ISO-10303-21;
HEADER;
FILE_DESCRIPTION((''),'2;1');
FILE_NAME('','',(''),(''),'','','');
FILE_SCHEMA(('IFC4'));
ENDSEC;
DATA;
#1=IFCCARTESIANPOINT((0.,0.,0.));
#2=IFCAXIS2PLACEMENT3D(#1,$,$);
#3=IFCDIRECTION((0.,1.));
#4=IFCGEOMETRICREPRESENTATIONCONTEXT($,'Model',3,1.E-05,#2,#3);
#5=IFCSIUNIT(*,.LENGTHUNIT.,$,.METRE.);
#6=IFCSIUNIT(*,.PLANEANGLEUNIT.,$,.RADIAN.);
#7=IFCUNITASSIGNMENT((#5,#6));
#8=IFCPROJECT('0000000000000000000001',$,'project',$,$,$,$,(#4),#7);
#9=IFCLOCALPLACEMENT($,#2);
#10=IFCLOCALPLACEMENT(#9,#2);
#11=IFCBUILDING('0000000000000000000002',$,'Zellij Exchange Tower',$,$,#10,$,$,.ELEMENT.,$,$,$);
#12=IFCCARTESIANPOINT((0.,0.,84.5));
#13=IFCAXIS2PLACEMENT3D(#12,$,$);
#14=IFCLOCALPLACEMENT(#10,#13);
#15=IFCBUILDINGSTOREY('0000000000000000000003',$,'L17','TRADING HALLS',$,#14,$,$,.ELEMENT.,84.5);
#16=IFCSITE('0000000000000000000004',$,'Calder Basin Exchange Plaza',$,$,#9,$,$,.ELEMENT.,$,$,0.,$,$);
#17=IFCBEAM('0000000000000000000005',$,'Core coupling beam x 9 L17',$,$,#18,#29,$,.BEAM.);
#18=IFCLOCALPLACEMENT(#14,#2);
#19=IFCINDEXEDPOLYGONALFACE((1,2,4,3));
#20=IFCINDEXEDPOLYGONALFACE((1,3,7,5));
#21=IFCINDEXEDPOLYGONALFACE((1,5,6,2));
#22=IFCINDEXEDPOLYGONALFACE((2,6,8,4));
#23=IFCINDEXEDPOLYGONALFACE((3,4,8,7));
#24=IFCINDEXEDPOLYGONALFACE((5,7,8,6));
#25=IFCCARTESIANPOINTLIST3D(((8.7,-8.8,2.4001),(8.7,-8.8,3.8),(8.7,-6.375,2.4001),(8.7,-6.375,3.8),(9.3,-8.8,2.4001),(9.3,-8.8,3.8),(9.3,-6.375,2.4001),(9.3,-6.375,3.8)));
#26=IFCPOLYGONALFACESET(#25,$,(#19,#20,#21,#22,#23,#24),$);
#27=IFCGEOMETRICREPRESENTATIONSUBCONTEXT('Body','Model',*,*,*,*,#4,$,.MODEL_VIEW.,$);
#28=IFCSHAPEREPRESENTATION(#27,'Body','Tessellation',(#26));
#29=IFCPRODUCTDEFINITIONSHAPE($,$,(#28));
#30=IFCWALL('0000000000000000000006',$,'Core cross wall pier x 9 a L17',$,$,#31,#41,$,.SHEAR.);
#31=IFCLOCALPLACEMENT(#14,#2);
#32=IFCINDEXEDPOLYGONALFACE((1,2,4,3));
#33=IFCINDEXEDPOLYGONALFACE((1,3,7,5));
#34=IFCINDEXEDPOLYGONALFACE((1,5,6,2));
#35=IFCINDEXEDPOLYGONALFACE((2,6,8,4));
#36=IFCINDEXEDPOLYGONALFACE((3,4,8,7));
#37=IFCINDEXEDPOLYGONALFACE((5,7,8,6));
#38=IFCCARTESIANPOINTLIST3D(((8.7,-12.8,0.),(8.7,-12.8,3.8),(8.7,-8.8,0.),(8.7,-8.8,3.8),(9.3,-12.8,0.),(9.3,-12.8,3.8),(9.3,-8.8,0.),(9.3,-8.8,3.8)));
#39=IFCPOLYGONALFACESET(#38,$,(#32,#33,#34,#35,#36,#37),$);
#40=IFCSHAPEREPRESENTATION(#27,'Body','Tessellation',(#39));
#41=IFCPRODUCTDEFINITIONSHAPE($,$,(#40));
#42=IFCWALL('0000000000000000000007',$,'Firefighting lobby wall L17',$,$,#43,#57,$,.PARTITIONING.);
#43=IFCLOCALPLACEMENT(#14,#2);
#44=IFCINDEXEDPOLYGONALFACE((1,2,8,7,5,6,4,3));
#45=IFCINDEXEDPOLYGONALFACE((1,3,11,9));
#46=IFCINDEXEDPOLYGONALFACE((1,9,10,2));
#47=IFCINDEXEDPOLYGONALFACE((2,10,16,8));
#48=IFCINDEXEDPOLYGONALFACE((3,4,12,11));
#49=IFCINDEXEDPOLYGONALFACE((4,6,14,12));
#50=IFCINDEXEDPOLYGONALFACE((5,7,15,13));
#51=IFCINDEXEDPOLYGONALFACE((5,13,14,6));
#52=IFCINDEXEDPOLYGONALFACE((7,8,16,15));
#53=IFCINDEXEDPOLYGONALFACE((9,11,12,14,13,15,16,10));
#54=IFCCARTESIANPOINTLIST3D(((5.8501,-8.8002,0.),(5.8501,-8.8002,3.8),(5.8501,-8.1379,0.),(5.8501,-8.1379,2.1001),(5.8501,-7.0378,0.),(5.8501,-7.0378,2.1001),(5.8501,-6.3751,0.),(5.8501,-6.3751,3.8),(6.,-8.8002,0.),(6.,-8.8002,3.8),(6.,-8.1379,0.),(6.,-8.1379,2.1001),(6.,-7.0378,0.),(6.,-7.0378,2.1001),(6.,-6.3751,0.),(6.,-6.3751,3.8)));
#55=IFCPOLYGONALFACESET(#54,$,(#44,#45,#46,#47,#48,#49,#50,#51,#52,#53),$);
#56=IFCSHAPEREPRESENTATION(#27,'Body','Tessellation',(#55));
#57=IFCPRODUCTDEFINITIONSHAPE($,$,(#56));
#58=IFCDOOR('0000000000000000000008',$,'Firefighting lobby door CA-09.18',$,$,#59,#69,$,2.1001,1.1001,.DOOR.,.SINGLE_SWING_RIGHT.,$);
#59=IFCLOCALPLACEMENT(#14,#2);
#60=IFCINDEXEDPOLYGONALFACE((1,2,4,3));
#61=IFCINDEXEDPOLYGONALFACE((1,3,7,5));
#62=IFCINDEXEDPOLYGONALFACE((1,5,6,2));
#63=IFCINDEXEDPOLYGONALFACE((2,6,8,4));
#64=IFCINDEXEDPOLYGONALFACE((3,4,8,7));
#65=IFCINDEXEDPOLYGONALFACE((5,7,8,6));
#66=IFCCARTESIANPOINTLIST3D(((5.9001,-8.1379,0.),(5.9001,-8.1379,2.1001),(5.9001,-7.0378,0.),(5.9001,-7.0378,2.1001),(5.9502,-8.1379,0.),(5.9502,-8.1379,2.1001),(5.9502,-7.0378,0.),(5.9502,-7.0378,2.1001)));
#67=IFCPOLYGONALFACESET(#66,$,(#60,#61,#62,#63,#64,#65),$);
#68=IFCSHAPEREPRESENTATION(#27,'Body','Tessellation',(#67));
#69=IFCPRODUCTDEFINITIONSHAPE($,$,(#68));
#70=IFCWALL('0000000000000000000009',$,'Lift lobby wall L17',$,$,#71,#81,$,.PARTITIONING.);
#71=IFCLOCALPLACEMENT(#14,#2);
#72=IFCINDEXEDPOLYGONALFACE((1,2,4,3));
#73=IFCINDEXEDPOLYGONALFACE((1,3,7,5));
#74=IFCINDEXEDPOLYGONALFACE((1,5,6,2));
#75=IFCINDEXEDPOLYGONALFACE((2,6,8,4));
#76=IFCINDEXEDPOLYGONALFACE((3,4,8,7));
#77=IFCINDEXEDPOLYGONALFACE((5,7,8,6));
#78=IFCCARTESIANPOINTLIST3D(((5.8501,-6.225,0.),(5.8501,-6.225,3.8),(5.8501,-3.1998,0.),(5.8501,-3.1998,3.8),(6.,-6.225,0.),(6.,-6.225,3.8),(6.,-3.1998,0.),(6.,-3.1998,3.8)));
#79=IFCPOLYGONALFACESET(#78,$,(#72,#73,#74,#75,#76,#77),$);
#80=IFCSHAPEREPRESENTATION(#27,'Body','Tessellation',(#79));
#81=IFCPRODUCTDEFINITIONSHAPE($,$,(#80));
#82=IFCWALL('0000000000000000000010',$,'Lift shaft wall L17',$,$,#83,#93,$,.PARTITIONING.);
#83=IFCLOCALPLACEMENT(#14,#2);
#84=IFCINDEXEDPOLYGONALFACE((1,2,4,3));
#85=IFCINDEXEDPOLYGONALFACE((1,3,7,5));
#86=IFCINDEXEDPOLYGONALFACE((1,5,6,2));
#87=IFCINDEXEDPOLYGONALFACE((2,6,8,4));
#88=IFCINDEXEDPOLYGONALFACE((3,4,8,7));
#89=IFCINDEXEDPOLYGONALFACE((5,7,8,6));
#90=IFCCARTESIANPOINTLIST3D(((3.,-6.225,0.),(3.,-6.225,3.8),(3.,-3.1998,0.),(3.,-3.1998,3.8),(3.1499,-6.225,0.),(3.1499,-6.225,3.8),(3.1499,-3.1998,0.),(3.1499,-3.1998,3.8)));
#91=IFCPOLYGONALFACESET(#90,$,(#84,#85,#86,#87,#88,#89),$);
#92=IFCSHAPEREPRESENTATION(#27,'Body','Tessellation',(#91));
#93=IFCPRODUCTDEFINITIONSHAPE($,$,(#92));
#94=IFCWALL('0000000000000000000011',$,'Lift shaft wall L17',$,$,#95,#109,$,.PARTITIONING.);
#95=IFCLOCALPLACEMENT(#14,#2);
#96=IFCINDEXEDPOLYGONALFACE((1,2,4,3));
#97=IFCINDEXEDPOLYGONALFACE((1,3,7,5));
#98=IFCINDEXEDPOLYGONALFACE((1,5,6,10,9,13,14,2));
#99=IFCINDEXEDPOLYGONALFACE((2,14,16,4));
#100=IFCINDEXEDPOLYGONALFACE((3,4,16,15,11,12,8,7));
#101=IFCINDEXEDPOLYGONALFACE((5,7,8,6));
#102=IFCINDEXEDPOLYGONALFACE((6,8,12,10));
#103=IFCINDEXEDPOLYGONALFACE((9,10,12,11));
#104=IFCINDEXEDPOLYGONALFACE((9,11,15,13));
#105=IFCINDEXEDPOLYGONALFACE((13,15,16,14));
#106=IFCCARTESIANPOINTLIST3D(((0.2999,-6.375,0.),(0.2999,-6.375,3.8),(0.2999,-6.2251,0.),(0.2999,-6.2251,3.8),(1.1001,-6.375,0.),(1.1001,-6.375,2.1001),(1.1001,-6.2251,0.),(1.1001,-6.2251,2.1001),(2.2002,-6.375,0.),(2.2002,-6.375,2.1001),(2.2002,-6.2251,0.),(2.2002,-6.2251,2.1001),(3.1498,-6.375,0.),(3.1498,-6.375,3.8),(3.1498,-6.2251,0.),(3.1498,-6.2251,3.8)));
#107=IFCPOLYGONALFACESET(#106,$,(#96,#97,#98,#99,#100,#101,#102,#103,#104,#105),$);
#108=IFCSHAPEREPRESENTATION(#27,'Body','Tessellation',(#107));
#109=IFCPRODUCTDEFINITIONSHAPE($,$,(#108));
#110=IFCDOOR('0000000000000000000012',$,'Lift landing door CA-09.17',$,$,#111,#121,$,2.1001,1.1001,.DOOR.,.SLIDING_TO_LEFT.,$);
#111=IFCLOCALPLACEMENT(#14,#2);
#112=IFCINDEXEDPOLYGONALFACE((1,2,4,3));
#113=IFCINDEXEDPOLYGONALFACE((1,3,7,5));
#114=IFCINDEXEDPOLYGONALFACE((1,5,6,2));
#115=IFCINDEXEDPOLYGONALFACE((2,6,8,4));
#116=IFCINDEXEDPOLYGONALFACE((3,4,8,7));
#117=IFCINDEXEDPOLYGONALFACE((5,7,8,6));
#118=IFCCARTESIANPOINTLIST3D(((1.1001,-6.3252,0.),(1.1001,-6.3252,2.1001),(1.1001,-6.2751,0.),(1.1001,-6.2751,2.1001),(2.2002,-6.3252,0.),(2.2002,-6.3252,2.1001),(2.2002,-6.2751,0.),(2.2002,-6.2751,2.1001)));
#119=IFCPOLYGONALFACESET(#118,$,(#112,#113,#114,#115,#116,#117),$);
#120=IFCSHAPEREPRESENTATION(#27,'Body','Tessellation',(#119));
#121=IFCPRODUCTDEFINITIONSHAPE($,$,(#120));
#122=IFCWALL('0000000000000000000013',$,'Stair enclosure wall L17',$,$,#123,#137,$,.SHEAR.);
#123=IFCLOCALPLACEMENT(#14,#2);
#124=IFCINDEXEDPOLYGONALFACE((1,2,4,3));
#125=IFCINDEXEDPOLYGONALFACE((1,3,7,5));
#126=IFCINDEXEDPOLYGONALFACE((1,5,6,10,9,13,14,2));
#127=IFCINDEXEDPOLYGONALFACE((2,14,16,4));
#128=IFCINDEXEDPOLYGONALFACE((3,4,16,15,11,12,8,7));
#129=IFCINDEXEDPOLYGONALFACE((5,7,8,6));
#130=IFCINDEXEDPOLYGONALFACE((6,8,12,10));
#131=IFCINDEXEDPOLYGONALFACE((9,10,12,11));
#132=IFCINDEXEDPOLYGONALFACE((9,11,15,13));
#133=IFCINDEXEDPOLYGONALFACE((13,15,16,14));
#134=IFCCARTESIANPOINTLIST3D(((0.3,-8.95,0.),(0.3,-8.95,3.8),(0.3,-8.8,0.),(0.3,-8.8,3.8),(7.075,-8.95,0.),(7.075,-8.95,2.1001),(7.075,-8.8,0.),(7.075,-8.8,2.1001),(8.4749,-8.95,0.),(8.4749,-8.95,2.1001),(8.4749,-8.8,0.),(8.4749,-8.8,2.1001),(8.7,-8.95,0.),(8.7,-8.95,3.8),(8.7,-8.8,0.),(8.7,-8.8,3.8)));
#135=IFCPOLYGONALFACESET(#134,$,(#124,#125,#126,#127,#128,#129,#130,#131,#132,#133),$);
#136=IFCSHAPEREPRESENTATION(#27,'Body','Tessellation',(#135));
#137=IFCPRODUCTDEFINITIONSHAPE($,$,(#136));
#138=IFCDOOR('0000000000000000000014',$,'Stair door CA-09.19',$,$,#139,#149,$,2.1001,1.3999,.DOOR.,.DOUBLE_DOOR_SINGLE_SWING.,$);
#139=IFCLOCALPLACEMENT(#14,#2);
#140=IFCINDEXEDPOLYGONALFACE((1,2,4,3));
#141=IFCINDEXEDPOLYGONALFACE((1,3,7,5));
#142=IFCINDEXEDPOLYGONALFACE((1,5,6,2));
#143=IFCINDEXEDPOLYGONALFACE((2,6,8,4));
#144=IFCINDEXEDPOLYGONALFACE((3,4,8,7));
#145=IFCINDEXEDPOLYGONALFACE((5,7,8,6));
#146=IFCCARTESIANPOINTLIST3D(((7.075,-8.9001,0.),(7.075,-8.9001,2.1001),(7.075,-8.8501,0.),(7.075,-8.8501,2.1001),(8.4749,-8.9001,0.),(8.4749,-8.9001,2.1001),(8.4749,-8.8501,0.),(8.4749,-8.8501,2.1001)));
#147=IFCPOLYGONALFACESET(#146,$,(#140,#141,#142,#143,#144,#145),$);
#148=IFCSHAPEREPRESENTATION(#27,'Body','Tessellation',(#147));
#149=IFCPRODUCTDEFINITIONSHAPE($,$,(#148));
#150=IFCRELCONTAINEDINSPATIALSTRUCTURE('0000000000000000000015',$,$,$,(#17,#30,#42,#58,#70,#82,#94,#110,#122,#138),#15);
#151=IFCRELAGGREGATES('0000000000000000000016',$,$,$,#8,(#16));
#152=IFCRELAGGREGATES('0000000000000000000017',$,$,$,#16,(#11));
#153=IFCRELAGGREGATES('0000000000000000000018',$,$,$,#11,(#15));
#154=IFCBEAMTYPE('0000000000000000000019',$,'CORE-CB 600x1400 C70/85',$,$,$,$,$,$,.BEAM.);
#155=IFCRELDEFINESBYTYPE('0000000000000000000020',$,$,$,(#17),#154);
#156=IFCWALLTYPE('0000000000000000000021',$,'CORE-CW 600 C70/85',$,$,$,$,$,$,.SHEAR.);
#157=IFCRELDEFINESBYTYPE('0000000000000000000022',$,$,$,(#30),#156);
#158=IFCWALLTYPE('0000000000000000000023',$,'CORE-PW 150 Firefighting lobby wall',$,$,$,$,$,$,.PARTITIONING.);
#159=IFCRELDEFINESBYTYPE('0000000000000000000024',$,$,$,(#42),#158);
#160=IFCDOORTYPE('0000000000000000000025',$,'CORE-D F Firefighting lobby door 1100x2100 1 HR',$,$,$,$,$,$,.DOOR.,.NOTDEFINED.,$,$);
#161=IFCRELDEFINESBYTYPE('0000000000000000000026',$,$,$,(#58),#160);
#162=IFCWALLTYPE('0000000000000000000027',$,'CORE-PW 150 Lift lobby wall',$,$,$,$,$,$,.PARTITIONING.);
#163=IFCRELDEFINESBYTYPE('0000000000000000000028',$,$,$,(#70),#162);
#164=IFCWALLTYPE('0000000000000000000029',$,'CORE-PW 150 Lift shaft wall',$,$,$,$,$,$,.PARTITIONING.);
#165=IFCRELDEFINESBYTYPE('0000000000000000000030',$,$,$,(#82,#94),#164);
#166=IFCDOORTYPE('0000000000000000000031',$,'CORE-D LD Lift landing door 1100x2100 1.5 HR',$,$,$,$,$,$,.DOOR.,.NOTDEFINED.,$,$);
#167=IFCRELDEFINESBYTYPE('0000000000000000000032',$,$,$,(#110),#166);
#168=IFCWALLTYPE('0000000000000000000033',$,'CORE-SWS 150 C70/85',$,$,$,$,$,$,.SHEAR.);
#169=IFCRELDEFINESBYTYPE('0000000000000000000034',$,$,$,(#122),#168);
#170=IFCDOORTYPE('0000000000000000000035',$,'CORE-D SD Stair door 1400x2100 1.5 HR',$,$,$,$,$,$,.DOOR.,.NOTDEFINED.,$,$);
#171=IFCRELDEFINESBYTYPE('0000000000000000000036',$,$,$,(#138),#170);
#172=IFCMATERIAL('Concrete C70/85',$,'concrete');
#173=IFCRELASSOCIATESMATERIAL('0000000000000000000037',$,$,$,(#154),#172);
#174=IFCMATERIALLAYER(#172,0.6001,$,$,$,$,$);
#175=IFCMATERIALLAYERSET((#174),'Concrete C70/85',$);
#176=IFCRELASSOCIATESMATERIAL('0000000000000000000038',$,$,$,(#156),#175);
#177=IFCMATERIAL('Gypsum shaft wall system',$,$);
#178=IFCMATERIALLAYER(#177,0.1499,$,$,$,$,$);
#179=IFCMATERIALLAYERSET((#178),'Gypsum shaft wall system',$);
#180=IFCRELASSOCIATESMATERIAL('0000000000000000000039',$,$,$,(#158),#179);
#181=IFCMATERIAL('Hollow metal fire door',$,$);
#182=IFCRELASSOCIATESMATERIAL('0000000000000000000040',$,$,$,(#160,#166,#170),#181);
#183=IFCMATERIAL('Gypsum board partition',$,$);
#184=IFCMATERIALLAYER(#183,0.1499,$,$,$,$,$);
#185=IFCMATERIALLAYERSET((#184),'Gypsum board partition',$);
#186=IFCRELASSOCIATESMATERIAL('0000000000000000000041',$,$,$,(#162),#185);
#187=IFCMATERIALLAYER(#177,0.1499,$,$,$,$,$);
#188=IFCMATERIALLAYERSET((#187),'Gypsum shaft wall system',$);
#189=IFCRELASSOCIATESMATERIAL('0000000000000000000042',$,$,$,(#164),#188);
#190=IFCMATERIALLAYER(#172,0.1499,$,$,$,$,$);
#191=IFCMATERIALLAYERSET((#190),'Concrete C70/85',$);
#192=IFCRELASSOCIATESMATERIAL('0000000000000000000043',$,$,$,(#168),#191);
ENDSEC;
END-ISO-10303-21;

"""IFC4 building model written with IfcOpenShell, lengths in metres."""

from ifc_helpers import new_model, si_unit, direction, frame, frame_2d, origin, origin_2d, place, context, subcontext, project, spatial, rectangle, extrude, material, layer, layer_set, material_profile, profile_set, type_object, element, fill, save


model = new_model("IFC4")

# Units and contexts
model_context = context("Model", 3, precision=1e-05, world=origin(), true_north=direction((0.0, 1.0)))
body_context = subcontext(model_context, "Body", "Model", "MODEL_VIEW")
ifc_project = project(units=[si_unit("LENGTHUNIT", "METRE"), si_unit("PLANEANGLEUNIT", "RADIAN")], contexts=[model_context])

# Site, building, storey
site_placement = place(None, origin())
site = spatial("IfcSite", under=ifc_project, at=site_placement, Name="Calder Basin Exchange Plaza", CompositionType="ELEMENT", RefElevation=0.0)
building_placement = place(site_placement, origin())
building = spatial("IfcBuilding", under=site, at=building_placement, Name="Zellij Exchange Tower", CompositionType="ELEMENT")
storey_placement = place(building_placement, frame((0.0, 0.0, 84.5)))
storey = spatial("IfcBuildingStorey", under=building, at=storey_placement, Name="L17", Description="TRADING HALLS", CompositionType="ELEMENT", Elevation=84.5)

# Beam
ifc_material_1 = material(Name="Concrete C70/85", Category="concrete")
ifc_material_profile = material_profile(ifc_material_1, rectangle(XDim=0.6001, YDim=1.3999, at=origin_2d()), Name="CORE-CB 600x1400 C70/85")
ifc_profile_set = profile_set([ifc_material_profile], Name="Concrete C70/85")
beam_type = type_object("IfcBeamType", Name="CORE-CB 600x1400 C70/85", PredefinedType="BEAM", material=ifc_profile_set)
beam_placement = place(storey_placement, frame((9.0, -8.8, 3.1001), z_axis=(0.0, 1.0, 0.0), x_axis=(-1.0, 0.0, 0.0)))
element("IfcBeam", 1, at=beam_placement, inside=storey, type_object=beam_type, Name="Core coupling beam x 9 L17", PredefinedType="BEAM", context=body_context, shape_type="SweptSolid", body=[
    extrude(rectangle(XDim=0.6001, YDim=1.3999, at=origin_2d()), origin(), (0.0, 0.0, 1.0), 2.425),
])

# Wall
ifc_layer_1 = layer(ifc_material_1, 0.6001)
ifc_layer_set_1 = layer_set([ifc_layer_1], Name="Concrete C70/85")
wall_type_1 = type_object("IfcWallType", Name="CORE-CW 600 C70/85", PredefinedType="SHEAR", material=ifc_layer_set_1)
wall_1_placement = place(storey_placement, frame((9.0, -12.8, 0.0), z_axis=(0.0, 0.0, 1.0), x_axis=(0.0, 1.0, 0.0)))
element("IfcWall", 2, at=wall_1_placement, inside=storey, type_object=wall_type_1, Name="Core cross wall pier x 9 a L17", PredefinedType="SHEAR", context=body_context, shape_type="SweptSolid", body=[
    extrude(rectangle(XDim=4.0, YDim=0.6001, at=frame_2d((2.0, 0.0))), origin(), (0.0, 0.0, 1.0), 3.8),
])

# Wall, opening, door
ifc_material_2 = material(Name="Gypsum shaft wall system")
ifc_layer_2 = layer(ifc_material_2, 0.1499)
ifc_layer_set_2 = layer_set([ifc_layer_2], Name="Gypsum shaft wall system")
wall_type_2 = type_object("IfcWallType", Name="CORE-PW 150 Firefighting lobby wall", PredefinedType="PARTITIONING", material=ifc_layer_set_2)
wall_2_placement = place(storey_placement, frame((5.925, -8.8, 0.0), z_axis=(0.0, 0.0, 1.0), x_axis=(0.0, 1.0, 0.0)))
wall_2 = element("IfcWall", 3, at=wall_2_placement, inside=storey, type_object=wall_type_2, Name="Firefighting lobby wall L17", PredefinedType="PARTITIONING", context=body_context, shape_type="SweptSolid", body=[
    extrude(rectangle(XDim=2.425, YDim=0.1499, at=frame_2d((1.2124, 0.0))), origin(), (0.0, 0.0, 1.0), 3.8),
])
opening_1_placement = place(wall_2_placement, frame((0.6621, 0.0, 0.0)))
opening_1 = element("IfcOpeningElement", 4, at=opening_1_placement, cuts=wall_2, PredefinedType="OPENING", context=body_context, shape_type="SweptSolid", body=[
    extrude(rectangle(XDim=1.1001, YDim=2.1001, at=frame_2d((0.55, 1.05))), frame((0.0, 0.0869, 0.0), z_axis=(0.0, -1.0, 0.0), x_axis=(1.0, 0.0, 0.0)), (0.0, 0.0, 1.0), 0.1738),
])
ifc_material_3 = material(Name="Hollow metal fire door")
door_type_1 = type_object("IfcDoorType", Name="CORE-D F Firefighting lobby door 1100x2100 1 HR", OperationType="NOTDEFINED", PredefinedType="DOOR", material=ifc_material_3)
door_1_placement = place(opening_1_placement, origin())
door_1 = element("IfcDoor", 5, at=door_1_placement, inside=storey, type_object=door_type_1, Name="Firefighting lobby door CA-09.18", OperationType="SINGLE_SWING_RIGHT", OverallHeight=2.1001, OverallWidth=1.1001, PredefinedType="DOOR", context=body_context, shape_type="SweptSolid", body=[
    extrude(rectangle(XDim=1.1001, YDim=2.1001, at=frame_2d((0.55, 1.05))), frame((0.0, 0.0249, 0.0), z_axis=(0.0, -1.0, 0.0), x_axis=(1.0, 0.0, 0.0)), (0.0, 0.0, 1.0), 0.05),
])
fill(opening_1, door_1)

# Walls
ifc_material_4 = material(Name="Gypsum board partition")
ifc_layer_3 = layer(ifc_material_4, 0.1499)
ifc_layer_set_3 = layer_set([ifc_layer_3], Name="Gypsum board partition")
wall_type_3 = type_object("IfcWallType", Name="CORE-PW 150 Lift lobby wall", PredefinedType="PARTITIONING", material=ifc_layer_set_3)
wall_3_placement = place(storey_placement, frame((5.925, -6.2251, 0.0), z_axis=(0.0, 0.0, 1.0), x_axis=(0.0, 1.0, 0.0)))
element("IfcWall", 6, at=wall_3_placement, inside=storey, type_object=wall_type_3, Name="Lift lobby wall L17", PredefinedType="PARTITIONING", context=body_context, shape_type="SweptSolid", body=[
    extrude(rectangle(XDim=3.0251, YDim=0.1499, at=frame_2d((1.5127, 0.0))), origin(), (0.0, 0.0, 1.0), 3.8),
])
ifc_layer_4 = layer(ifc_material_2, 0.1499)
ifc_layer_set_4 = layer_set([ifc_layer_4], Name="Gypsum shaft wall system")
wall_type_4 = type_object("IfcWallType", Name="CORE-PW 150 Lift shaft wall", PredefinedType="PARTITIONING", material=ifc_layer_set_4)
wall_4_placement = place(storey_placement, frame((3.075, -6.2251, 0.0), z_axis=(0.0, 0.0, 1.0), x_axis=(0.0, 1.0, 0.0)))
element("IfcWall", 7, at=wall_4_placement, inside=storey, type_object=wall_type_4, Name="Lift shaft wall L17", PredefinedType="PARTITIONING", context=body_context, shape_type="SweptSolid", body=[
    extrude(rectangle(XDim=3.0251, YDim=0.1499, at=frame_2d((1.5127, 0.0))), origin(), (0.0, 0.0, 1.0), 3.8),
])

# Walls, openings, doors
wall_5_placement = place(storey_placement, frame((0.3, -6.3, 0.0), z_axis=(0.0, 0.0, 1.0), x_axis=(1.0, 0.0, 0.0)))
wall_5 = element("IfcWall", 8, at=wall_5_placement, inside=storey, type_object=wall_type_4, Name="Lift shaft wall L17", PredefinedType="PARTITIONING", context=body_context, shape_type="SweptSolid", body=[
    extrude(rectangle(XDim=2.8499, YDim=0.1499, at=frame_2d((1.4248, 0.0))), origin(), (0.0, 0.0, 1.0), 3.8),
])
opening_2_placement = place(wall_5_placement, frame((0.8, 0.0, 0.0)))
opening_2 = element("IfcOpeningElement", 9, at=opening_2_placement, cuts=wall_5, PredefinedType="OPENING", context=body_context, shape_type="SweptSolid", body=[
    extrude(rectangle(XDim=1.1001, YDim=2.1001, at=frame_2d((0.55, 1.05))), frame((0.0, 0.0869, 0.0), z_axis=(0.0, -1.0, 0.0), x_axis=(1.0, 0.0, 0.0)), (0.0, 0.0, 1.0), 0.1738),
])
door_type_2 = type_object("IfcDoorType", Name="CORE-D LD Lift landing door 1100x2100 1.5 HR", OperationType="NOTDEFINED", PredefinedType="DOOR", material=ifc_material_3)
door_2_placement = place(opening_2_placement, origin())
door_2 = element("IfcDoor", 10, at=door_2_placement, inside=storey, type_object=door_type_2, Name="Lift landing door CA-09.17", OperationType="SLIDING_TO_LEFT", OverallHeight=2.1001, OverallWidth=1.1001, PredefinedType="DOOR", context=body_context, shape_type="SweptSolid", body=[
    extrude(rectangle(XDim=1.1001, YDim=2.1001, at=frame_2d((0.55, 1.05))), frame((0.0, 0.0249, 0.0), z_axis=(0.0, -1.0, 0.0), x_axis=(1.0, 0.0, 0.0)), (0.0, 0.0, 1.0), 0.05),
])
fill(opening_2, door_2)
ifc_layer_5 = layer(ifc_material_1, 0.1499)
ifc_layer_set_5 = layer_set([ifc_layer_5], Name="Concrete C70/85")
wall_type_5 = type_object("IfcWallType", Name="CORE-SWS 150 C70/85", PredefinedType="SHEAR", material=ifc_layer_set_5)
wall_6_placement = place(storey_placement, frame((0.3, -8.875, 0.0), z_axis=(0.0, 0.0, 1.0), x_axis=(1.0, 0.0, 0.0)))
wall_6 = element("IfcWall", 11, at=wall_6_placement, inside=storey, type_object=wall_type_5, Name="Stair enclosure wall L17", PredefinedType="SHEAR", context=body_context, shape_type="SweptSolid", body=[
    extrude(rectangle(XDim=8.3999, YDim=0.1499, at=frame_2d((4.2, 0.0))), origin(), (0.0, 0.0, 1.0), 3.8),
])
opening_3_placement = place(wall_6_placement, frame((6.7749, 0.0, 0.0)))
opening_3 = element("IfcOpeningElement", 12, at=opening_3_placement, cuts=wall_6, PredefinedType="OPENING", context=body_context, shape_type="SweptSolid", body=[
    extrude(rectangle(XDim=1.3999, YDim=2.1001, at=frame_2d((0.7, 1.05))), frame((0.0, 0.0869, 0.0), z_axis=(0.0, -1.0, 0.0), x_axis=(1.0, 0.0, 0.0)), (0.0, 0.0, 1.0), 0.1738),
])
door_type_3 = type_object("IfcDoorType", Name="CORE-D SD Stair door 1400x2100 1.5 HR", OperationType="NOTDEFINED", PredefinedType="DOOR", material=ifc_material_3)
door_3_placement = place(opening_3_placement, origin())
door_3 = element("IfcDoor", 13, at=door_3_placement, inside=storey, type_object=door_type_3, Name="Stair door CA-09.19", OperationType="DOUBLE_DOOR_SINGLE_SWING", OverallHeight=2.1001, OverallWidth=1.3999, PredefinedType="DOOR", context=body_context, shape_type="SweptSolid", body=[
    extrude(rectangle(XDim=1.3999, YDim=2.1001, at=frame_2d((0.7, 1.05))), frame((0.0, 0.0249, 0.0), z_axis=(0.0, -1.0, 0.0), x_axis=(1.0, 0.0, 0.0)), (0.0, 0.0, 1.0), 0.05),
])
fill(opening_3, door_3)

save(model, "model.ifc")
